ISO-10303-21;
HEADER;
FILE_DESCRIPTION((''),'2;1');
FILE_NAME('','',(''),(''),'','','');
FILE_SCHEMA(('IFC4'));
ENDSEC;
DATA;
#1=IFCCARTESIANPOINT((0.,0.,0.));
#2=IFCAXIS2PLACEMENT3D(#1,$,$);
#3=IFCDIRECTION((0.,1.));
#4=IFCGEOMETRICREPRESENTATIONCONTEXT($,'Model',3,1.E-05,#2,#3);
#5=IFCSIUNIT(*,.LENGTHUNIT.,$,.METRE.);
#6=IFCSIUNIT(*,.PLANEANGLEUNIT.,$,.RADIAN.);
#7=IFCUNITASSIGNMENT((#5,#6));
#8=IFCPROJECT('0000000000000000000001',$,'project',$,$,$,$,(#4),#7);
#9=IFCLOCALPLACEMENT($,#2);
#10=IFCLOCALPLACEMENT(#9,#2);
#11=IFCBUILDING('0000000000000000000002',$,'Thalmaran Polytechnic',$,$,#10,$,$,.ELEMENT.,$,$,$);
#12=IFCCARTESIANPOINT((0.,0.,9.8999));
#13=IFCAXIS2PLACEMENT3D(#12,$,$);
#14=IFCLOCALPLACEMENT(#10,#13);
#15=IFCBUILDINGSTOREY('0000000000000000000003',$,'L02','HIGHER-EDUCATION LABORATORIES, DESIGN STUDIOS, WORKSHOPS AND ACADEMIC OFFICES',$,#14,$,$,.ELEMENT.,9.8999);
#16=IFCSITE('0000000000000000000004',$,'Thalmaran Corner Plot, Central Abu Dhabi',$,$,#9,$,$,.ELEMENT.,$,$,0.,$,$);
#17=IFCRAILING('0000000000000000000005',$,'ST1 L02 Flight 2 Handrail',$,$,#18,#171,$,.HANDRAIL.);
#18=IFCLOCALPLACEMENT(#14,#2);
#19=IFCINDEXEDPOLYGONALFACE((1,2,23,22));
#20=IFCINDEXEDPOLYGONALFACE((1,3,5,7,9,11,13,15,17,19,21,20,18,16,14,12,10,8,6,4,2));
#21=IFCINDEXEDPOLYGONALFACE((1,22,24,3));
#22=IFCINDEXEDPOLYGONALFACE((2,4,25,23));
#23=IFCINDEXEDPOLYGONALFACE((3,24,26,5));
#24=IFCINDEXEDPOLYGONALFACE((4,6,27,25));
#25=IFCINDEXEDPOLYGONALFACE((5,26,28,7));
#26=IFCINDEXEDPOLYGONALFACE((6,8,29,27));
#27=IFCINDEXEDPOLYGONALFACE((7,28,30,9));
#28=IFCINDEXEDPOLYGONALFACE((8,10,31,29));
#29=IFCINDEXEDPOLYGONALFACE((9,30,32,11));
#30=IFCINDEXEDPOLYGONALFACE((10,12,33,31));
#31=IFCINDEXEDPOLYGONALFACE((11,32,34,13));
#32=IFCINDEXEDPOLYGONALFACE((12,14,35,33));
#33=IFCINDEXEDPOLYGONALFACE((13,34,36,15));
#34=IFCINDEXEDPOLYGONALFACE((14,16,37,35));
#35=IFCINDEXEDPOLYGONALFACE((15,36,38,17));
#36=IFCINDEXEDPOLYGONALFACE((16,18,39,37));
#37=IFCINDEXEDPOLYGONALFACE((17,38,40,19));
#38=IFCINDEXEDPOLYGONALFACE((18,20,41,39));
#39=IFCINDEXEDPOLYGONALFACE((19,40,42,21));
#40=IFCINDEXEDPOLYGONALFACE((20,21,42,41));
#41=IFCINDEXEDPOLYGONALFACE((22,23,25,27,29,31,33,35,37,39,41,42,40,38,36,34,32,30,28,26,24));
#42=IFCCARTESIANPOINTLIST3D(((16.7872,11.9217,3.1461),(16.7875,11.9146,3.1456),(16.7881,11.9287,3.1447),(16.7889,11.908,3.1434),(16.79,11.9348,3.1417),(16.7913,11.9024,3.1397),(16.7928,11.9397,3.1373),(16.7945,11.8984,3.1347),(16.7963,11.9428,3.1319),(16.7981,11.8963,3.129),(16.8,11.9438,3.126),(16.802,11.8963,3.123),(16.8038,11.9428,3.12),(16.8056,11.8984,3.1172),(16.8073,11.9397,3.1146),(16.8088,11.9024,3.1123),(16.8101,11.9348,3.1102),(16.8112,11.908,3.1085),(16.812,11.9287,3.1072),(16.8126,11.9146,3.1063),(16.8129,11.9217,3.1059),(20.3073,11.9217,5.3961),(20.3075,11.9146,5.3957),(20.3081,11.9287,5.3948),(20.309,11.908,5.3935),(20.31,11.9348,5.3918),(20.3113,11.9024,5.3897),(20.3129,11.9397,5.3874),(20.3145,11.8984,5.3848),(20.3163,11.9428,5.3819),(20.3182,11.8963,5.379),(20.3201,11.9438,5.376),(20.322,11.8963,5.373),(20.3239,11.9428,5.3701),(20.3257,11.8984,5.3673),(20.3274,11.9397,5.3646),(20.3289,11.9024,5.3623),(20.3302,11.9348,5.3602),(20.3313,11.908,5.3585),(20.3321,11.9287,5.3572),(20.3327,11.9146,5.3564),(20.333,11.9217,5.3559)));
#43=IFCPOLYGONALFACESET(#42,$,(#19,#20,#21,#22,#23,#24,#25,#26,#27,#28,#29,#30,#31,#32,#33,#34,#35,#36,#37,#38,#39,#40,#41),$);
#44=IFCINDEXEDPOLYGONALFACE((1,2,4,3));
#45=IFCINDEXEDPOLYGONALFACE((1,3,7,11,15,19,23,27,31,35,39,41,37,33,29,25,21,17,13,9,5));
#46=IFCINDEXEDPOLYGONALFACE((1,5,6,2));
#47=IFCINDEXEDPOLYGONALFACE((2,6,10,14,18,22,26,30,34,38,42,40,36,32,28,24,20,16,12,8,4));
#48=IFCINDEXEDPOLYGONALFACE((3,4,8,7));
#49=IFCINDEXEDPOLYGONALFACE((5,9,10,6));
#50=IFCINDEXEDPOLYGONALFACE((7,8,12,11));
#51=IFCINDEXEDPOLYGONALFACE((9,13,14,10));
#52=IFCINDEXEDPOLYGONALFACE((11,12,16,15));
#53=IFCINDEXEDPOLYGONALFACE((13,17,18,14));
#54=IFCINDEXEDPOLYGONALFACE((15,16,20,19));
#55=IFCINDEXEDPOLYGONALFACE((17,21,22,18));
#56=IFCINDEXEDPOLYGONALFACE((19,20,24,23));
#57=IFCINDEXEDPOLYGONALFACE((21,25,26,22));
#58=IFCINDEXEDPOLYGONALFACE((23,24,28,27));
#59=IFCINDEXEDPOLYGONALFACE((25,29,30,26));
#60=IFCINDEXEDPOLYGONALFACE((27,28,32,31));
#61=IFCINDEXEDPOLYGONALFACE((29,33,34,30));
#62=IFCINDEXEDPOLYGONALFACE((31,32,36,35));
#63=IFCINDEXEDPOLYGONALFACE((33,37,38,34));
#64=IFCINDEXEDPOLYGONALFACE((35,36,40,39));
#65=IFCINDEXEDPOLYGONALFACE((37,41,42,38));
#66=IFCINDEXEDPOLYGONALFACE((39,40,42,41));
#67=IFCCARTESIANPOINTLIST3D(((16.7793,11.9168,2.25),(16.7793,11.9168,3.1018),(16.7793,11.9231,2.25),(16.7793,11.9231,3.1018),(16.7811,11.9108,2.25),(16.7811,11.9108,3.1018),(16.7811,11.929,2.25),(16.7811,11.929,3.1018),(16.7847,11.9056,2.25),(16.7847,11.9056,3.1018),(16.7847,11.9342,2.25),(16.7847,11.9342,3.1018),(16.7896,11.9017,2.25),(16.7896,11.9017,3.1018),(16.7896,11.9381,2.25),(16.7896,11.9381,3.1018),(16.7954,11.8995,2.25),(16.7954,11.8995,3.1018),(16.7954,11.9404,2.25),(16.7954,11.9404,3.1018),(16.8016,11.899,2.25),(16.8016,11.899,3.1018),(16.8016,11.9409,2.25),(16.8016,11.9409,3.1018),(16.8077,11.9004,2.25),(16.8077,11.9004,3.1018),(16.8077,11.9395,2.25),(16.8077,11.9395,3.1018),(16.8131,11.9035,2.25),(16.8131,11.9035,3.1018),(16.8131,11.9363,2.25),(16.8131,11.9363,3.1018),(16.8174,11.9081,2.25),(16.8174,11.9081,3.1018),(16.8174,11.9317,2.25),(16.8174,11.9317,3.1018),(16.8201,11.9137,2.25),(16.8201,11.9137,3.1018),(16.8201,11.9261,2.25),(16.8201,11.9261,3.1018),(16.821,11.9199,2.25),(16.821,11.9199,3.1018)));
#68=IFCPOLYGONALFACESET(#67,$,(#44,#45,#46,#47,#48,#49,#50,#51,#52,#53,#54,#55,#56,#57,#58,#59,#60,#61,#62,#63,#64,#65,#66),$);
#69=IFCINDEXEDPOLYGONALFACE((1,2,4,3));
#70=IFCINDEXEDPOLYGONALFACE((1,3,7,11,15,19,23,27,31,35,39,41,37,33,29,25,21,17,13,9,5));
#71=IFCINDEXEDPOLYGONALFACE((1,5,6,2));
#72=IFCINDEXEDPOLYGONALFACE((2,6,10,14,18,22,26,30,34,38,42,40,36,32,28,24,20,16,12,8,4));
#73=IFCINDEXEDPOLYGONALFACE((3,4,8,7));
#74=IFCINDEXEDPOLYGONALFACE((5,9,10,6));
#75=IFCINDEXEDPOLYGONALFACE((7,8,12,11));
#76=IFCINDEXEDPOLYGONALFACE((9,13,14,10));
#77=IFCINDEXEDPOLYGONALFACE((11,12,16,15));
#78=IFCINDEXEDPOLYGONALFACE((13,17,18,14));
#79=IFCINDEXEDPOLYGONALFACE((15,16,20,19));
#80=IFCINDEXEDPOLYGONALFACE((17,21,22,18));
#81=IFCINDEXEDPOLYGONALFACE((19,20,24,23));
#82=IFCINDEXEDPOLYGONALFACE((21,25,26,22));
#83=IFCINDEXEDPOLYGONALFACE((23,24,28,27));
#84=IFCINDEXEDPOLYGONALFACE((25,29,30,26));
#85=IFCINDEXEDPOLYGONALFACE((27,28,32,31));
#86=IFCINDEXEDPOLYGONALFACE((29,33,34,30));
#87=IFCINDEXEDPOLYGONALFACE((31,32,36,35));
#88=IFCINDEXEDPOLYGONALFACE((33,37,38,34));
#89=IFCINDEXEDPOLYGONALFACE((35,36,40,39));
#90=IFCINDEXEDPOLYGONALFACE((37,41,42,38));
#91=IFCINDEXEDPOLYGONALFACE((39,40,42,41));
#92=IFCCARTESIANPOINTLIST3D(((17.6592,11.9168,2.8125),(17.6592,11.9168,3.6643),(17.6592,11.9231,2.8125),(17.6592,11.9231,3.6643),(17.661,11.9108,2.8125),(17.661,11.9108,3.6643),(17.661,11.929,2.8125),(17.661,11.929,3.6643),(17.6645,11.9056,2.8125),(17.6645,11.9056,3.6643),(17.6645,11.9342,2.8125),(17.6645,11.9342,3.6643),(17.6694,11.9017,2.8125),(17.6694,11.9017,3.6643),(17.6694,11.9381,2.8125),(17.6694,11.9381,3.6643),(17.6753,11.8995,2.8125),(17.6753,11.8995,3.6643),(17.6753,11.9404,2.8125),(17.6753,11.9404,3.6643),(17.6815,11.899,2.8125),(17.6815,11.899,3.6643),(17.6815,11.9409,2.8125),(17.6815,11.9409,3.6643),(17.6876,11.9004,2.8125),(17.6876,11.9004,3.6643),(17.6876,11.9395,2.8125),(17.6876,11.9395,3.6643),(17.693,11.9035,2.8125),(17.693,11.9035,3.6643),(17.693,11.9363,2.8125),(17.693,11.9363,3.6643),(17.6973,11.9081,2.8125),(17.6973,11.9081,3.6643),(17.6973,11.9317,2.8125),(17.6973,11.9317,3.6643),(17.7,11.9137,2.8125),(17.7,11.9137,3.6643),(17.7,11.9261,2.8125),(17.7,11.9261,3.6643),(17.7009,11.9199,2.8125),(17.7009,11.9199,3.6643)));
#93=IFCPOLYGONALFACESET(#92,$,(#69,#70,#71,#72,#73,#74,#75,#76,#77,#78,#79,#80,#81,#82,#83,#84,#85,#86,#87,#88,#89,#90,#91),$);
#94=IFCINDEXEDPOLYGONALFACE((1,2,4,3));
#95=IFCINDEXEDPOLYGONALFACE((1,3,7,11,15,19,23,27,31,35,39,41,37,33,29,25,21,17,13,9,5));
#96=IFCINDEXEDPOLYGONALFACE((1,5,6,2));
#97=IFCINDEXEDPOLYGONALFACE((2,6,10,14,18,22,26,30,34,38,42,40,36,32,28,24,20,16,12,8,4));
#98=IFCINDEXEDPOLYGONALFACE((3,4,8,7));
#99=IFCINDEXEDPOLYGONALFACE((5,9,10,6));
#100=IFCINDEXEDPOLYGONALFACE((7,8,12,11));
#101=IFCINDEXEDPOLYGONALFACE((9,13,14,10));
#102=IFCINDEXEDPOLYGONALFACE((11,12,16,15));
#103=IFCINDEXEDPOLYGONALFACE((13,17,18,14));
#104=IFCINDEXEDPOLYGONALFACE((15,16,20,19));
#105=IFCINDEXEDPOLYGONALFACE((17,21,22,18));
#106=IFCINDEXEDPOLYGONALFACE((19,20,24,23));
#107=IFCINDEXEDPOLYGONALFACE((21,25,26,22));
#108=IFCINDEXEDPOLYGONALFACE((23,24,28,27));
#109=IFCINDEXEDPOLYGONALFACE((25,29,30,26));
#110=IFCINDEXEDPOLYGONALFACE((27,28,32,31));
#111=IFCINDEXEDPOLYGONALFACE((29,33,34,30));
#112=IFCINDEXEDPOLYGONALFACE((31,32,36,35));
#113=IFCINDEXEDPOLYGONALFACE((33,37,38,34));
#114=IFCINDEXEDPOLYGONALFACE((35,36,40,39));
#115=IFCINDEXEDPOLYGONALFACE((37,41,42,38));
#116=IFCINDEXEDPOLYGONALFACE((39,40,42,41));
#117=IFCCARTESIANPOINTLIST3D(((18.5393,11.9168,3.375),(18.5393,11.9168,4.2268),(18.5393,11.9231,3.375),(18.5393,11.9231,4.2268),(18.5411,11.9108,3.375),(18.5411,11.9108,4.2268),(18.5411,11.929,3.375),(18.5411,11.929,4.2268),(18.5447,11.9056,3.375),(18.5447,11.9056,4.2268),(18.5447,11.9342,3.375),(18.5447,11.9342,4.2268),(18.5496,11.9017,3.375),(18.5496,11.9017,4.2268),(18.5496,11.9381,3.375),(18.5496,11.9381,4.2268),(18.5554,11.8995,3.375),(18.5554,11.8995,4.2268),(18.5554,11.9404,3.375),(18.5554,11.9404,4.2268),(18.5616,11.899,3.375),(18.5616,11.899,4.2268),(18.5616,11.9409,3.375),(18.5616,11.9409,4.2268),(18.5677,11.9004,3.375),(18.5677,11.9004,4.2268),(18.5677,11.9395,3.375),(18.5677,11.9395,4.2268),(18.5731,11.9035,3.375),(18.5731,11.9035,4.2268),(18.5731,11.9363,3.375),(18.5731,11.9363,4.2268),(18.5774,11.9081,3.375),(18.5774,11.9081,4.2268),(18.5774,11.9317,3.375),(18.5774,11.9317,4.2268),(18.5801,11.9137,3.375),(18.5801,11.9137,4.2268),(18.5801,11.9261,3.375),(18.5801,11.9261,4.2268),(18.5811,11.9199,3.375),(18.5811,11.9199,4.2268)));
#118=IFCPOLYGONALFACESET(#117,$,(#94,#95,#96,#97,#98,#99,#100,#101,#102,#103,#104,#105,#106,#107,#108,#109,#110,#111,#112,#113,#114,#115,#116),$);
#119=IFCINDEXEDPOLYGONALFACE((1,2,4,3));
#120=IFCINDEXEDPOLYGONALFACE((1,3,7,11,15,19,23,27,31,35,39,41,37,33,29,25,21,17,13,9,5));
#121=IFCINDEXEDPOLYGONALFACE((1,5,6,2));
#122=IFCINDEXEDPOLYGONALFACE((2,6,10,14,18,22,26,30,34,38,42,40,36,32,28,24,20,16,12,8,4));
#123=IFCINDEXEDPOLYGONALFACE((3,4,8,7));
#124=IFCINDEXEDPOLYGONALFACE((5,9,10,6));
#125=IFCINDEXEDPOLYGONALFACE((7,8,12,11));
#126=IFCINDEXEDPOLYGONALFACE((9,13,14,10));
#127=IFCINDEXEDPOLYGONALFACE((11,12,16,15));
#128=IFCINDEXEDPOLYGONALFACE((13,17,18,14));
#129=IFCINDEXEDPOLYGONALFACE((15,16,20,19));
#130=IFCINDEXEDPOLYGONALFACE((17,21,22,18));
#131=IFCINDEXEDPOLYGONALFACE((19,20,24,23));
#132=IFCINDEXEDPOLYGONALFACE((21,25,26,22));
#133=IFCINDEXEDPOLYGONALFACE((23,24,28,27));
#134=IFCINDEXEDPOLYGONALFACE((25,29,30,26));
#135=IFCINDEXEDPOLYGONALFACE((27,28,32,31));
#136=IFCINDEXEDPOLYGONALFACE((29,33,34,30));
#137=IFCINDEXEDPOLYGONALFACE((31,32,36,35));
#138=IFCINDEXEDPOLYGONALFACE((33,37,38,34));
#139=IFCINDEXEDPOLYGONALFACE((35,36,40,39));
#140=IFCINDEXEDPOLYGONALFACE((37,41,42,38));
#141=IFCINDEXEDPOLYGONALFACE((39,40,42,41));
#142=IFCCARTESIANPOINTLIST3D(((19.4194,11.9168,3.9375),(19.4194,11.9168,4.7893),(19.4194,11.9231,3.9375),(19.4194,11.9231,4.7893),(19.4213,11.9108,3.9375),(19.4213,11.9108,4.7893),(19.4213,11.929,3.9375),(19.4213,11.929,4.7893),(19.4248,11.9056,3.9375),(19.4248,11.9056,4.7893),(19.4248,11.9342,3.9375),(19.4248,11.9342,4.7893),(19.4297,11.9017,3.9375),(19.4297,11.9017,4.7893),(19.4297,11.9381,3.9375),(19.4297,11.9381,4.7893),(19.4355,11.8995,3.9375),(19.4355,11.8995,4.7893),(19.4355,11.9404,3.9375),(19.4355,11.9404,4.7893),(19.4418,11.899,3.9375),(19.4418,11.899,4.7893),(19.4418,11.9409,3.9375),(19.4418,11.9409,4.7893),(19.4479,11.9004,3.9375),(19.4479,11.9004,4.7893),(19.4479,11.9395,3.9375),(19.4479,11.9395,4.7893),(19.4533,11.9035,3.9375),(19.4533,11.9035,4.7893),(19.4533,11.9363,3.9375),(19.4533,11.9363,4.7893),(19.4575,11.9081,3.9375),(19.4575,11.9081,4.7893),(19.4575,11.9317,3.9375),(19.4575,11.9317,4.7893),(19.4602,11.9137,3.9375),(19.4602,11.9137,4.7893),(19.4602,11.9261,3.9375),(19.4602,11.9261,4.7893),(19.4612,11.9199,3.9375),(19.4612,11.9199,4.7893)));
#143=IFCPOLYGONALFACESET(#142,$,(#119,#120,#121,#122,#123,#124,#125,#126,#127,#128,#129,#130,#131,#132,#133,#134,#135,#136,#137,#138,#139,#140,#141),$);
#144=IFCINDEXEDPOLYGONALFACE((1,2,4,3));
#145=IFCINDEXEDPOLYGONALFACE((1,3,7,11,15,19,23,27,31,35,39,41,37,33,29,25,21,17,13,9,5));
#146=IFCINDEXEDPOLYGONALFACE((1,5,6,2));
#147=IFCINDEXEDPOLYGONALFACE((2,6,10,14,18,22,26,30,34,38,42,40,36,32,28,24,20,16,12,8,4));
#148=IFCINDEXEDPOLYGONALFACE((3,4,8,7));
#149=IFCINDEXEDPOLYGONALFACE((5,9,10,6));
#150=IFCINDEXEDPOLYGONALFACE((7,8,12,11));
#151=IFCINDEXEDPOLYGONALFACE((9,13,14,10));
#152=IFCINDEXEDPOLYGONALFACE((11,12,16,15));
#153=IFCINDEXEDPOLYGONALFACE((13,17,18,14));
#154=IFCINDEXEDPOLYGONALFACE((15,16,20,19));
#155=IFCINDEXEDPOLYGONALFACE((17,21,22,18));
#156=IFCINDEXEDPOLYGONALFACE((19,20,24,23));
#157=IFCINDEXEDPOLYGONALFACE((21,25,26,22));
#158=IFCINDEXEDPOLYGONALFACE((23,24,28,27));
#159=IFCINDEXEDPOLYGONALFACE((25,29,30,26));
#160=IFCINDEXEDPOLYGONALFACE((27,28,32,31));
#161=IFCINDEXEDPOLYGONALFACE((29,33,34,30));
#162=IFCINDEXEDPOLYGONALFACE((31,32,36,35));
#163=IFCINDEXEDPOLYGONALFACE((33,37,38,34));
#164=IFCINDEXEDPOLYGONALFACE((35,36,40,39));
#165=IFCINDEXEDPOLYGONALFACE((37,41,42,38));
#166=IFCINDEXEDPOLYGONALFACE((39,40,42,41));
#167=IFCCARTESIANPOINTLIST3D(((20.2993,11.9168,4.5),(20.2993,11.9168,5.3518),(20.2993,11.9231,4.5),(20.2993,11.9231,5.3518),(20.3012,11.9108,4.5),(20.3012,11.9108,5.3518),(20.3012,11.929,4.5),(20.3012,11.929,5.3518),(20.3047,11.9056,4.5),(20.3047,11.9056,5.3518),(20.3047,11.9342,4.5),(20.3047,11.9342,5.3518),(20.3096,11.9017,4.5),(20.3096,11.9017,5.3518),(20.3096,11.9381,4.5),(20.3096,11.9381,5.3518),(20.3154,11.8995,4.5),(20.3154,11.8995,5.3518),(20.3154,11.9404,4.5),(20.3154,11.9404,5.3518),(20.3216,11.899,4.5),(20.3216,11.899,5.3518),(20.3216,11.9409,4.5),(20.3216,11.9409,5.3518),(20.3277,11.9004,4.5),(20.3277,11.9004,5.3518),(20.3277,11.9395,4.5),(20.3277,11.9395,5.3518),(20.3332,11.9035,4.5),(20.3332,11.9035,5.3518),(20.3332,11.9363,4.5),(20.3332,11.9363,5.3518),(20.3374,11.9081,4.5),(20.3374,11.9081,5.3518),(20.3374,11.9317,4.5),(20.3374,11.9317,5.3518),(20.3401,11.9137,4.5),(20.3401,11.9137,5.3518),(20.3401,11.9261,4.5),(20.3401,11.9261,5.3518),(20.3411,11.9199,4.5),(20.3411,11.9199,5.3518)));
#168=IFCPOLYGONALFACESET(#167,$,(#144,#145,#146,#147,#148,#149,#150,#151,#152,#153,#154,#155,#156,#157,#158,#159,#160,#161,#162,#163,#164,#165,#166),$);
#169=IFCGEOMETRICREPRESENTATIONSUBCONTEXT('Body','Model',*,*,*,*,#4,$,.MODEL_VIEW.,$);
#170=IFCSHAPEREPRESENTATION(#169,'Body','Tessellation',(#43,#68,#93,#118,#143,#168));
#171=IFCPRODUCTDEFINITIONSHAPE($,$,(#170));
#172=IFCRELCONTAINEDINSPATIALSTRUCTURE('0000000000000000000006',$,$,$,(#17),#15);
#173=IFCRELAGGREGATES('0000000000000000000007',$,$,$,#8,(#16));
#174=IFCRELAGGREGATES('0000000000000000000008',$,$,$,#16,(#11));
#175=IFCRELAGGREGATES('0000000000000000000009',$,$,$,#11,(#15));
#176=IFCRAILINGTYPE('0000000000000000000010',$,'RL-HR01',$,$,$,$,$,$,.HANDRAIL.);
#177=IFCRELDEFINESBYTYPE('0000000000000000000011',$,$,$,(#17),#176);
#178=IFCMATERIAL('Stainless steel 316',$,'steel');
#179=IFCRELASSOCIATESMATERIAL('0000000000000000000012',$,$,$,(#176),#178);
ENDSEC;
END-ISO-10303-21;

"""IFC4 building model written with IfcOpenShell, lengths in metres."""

from ifc_helpers import new_model, si_unit, direction, frame, origin, origin_2d, place, context, subcontext, project, spatial, circle, extrude, material, type_object, element, save


model = new_model("IFC4")

# Units and contexts
model_context = context("Model", 3, precision=1e-05, world=origin(), true_north=direction((0.0, 1.0)))
body_context = subcontext(model_context, "Body", "Model", "MODEL_VIEW")
ifc_project = project(units=[si_unit("LENGTHUNIT", "METRE"), si_unit("PLANEANGLEUNIT", "RADIAN")], contexts=[model_context])

# Site, building, storey
site_placement = place(None, origin())
site = spatial("IfcSite", under=ifc_project, at=site_placement, Name="Thalmaran Corner Plot, Central Abu Dhabi", CompositionType="ELEMENT", RefElevation=0.0)
building_placement = place(site_placement, origin())
building = spatial("IfcBuilding", under=site, at=building_placement, Name="Thalmaran Polytechnic", CompositionType="ELEMENT")
storey_placement = place(building_placement, frame((0.0, 0.0, 9.8999)))
storey = spatial("IfcBuildingStorey", under=building, at=storey_placement, Name="L02", Description="HIGHER-EDUCATION LABORATORIES, DESIGN STUDIOS, WORKSHOPS AND ACADEMIC OFFICES", CompositionType="ELEMENT", Elevation=9.8999)

# Railing
ifc_material_1 = material(Name="Stainless steel 316", Category="steel")
railing_type_1 = type_object("IfcRailingType", Name="RL-HR01", PredefinedType="HANDRAIL", material=ifc_material_1)
railing_1_placement = place(storey_placement, frame((16.8, 11.9199, 2.25)))
element("IfcRailing", 1, at=railing_1_placement, inside=storey, type_object=railing_type_1, Name="ST1 L02 Flight 2 Handrail", PredefinedType="HANDRAIL", context=body_context, shape_type="SweptSolid", body=[
    extrude(circle(Radius=0.0239, at=origin_2d()), frame((0.0, 0.0, 0.876), z_axis=(0.842577, 0.0, 0.538576), x_axis=(0.0, 1.0, 0.0)), (0.0, 0.0, 1.0), 4.1777),
    extrude(circle(Radius=0.021, at=origin_2d()), origin(), (0.0, 0.0, 1.0), 0.8518),
    extrude(circle(Radius=0.021, at=origin_2d()), frame((0.8799, 0.0, 0.5625)), (0.0, 0.0, 1.0), 0.8518),
    extrude(circle(Radius=0.021, at=origin_2d()), frame((1.76, 0.0, 1.125)), (0.0, 0.0, 1.0), 0.8518),
    extrude(circle(Radius=0.021, at=origin_2d()), frame((2.6401, 0.0, 1.6875)), (0.0, 0.0, 1.0), 0.8518),
    extrude(circle(Radius=0.021, at=origin_2d()), frame((3.52, 0.0, 2.25)), (0.0, 0.0, 1.0), 0.8518),
])

save(model, "model.ifc")
